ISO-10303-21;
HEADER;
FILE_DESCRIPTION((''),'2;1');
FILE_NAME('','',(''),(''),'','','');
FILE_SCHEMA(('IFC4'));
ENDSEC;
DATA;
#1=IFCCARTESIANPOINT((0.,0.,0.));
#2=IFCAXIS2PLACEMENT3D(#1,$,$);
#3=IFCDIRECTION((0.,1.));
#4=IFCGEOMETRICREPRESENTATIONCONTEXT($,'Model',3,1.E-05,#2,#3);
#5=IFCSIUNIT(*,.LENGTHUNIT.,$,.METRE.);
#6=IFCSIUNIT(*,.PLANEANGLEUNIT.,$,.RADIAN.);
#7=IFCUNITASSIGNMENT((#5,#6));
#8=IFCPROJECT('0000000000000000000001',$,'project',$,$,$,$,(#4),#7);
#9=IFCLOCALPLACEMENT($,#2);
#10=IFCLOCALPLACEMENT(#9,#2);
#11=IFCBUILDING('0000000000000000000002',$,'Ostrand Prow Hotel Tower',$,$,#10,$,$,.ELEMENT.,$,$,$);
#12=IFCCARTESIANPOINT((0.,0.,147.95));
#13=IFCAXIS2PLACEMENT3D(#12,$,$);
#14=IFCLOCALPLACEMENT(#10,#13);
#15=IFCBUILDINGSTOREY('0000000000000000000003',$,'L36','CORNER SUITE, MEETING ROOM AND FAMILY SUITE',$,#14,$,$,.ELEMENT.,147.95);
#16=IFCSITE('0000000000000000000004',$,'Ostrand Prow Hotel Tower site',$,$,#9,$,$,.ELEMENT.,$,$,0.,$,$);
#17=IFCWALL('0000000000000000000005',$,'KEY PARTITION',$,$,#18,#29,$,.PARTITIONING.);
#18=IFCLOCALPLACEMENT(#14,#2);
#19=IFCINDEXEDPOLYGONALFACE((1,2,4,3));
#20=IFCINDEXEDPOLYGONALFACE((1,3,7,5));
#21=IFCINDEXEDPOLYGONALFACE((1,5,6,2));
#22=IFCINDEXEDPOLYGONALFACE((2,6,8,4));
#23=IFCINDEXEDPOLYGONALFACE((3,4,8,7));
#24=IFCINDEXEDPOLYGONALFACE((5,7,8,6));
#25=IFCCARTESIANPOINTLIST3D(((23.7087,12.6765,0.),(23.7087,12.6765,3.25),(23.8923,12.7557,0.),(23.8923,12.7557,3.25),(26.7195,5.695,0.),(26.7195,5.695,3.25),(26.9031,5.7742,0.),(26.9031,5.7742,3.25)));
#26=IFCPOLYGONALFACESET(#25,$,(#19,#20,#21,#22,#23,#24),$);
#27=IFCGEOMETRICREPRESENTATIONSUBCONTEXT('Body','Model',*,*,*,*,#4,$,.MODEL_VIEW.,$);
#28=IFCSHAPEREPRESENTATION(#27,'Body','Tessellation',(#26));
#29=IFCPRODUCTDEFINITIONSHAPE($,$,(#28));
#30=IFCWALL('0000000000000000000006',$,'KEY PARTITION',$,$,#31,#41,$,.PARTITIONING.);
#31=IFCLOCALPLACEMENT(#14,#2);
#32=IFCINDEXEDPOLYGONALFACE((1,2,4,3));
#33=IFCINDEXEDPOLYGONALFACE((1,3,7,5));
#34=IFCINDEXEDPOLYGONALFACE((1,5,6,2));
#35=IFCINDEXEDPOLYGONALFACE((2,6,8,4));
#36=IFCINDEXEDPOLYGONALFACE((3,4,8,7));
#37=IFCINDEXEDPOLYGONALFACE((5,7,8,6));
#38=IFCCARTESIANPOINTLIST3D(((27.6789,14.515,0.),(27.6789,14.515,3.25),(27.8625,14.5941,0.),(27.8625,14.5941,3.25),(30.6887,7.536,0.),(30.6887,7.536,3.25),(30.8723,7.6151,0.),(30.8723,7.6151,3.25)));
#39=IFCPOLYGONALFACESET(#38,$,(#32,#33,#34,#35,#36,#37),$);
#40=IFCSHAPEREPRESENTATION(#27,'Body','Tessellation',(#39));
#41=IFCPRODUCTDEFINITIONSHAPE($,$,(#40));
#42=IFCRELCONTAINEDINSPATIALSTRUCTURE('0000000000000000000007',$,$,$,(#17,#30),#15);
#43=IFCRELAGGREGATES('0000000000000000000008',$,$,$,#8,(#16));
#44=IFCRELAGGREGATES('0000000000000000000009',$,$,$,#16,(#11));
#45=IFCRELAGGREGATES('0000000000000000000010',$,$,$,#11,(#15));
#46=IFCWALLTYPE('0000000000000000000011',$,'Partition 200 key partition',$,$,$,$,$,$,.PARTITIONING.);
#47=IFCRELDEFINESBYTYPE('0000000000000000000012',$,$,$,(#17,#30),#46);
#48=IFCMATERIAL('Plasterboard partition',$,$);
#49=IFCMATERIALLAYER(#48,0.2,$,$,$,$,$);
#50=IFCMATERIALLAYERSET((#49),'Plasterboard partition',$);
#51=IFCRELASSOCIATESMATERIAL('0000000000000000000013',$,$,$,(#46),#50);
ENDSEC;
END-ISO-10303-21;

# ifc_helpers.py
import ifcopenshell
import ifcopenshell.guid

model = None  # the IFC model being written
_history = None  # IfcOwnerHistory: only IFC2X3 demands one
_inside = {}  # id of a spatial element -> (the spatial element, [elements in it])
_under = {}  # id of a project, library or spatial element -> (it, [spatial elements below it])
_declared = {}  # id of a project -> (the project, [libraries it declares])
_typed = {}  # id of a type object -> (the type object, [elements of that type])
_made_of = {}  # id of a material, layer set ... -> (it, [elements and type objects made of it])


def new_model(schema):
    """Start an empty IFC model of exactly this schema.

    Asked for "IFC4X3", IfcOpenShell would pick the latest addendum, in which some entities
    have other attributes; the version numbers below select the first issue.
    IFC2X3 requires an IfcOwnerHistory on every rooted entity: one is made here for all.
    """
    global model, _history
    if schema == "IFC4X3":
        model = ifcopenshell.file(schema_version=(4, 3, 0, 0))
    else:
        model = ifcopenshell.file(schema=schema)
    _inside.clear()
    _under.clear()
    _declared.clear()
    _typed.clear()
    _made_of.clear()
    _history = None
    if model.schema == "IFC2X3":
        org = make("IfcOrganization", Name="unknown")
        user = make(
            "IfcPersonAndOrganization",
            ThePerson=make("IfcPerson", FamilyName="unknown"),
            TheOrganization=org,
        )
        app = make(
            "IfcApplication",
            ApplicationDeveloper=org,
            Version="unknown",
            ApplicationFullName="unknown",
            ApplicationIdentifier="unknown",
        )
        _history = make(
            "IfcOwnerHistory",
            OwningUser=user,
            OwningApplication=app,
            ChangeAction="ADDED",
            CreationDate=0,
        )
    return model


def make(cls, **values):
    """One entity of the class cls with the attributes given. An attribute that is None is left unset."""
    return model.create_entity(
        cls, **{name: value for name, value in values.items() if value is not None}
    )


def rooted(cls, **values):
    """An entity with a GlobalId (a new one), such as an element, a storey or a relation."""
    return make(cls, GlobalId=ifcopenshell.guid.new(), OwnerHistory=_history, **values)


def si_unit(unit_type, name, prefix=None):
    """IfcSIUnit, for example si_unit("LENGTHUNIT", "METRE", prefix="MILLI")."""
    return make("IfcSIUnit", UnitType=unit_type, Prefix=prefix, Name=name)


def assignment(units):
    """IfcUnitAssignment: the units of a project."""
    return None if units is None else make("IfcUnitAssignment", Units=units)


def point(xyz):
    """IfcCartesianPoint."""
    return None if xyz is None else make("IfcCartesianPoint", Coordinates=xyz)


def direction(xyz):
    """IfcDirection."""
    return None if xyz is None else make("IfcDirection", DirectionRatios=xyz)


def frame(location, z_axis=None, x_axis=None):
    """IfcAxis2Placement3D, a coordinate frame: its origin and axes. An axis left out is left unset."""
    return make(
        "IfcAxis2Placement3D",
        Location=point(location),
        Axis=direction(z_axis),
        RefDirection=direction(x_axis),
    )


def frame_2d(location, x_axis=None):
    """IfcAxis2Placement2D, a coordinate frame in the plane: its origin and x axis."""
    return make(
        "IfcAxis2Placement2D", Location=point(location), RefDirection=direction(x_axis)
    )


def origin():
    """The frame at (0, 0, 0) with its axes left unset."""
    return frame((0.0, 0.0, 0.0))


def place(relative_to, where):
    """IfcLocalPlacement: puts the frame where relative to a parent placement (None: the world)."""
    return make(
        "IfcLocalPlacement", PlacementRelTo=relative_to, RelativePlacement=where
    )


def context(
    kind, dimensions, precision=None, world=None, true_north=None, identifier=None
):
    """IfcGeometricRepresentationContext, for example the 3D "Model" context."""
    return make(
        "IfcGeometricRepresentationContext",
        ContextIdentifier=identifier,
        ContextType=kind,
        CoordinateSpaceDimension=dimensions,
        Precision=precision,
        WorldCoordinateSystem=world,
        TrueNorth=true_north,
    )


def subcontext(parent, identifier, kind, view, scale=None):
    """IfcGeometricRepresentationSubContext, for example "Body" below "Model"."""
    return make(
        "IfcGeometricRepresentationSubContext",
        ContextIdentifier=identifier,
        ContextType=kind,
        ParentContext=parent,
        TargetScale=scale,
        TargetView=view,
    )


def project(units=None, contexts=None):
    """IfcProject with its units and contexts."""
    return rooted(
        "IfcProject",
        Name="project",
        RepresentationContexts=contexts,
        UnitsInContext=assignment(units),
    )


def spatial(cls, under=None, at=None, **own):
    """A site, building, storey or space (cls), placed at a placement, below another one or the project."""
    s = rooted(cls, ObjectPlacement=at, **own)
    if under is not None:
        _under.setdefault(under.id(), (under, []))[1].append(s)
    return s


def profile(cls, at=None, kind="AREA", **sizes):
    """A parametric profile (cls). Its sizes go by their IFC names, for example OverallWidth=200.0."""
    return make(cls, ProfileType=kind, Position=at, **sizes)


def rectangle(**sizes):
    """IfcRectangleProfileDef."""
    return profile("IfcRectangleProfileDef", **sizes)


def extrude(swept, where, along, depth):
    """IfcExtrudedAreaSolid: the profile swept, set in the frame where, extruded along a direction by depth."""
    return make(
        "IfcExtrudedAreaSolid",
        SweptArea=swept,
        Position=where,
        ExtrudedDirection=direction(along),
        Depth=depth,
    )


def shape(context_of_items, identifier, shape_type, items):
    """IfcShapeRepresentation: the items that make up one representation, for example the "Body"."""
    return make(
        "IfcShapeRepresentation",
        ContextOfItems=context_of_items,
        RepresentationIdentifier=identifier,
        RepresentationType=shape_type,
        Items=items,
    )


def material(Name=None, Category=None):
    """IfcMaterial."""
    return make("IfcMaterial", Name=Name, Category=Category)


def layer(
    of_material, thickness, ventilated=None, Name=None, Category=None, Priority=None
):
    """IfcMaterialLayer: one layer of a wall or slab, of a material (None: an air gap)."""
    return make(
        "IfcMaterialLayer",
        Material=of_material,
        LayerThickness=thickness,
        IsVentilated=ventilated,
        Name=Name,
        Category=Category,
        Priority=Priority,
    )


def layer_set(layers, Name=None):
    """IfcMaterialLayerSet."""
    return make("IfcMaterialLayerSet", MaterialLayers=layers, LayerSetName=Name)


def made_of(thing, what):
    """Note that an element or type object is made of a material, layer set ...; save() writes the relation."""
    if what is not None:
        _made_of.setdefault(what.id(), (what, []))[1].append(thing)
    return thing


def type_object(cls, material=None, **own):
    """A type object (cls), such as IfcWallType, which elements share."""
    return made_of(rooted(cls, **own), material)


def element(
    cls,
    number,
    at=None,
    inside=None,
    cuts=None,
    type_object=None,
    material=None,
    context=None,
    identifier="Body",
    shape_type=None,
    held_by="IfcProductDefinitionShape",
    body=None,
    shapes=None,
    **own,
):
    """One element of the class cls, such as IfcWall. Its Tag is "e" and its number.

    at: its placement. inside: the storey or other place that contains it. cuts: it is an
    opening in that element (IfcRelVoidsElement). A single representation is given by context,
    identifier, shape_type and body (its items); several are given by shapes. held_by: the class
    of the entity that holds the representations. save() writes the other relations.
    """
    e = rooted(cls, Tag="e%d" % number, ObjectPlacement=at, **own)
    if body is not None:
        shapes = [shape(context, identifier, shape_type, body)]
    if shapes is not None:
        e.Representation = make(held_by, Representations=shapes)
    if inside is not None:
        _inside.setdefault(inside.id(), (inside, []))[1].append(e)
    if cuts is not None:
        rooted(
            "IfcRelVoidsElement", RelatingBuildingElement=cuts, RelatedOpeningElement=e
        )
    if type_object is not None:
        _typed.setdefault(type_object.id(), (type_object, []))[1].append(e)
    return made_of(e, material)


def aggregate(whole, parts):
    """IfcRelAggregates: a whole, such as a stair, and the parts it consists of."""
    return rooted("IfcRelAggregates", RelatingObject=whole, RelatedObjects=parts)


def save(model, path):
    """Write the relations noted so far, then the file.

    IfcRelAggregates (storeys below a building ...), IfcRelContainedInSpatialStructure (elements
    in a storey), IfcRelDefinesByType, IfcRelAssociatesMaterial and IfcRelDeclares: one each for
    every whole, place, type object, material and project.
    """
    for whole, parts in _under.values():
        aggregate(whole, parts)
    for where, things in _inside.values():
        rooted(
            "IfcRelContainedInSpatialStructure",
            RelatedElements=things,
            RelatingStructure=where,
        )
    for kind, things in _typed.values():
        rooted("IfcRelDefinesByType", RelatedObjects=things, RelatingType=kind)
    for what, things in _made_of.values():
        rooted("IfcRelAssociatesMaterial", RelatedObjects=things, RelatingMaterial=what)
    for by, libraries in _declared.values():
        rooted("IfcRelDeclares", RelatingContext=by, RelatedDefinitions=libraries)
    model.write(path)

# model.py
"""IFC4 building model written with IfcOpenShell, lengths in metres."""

from ifc_helpers import new_model, si_unit, direction, frame, frame_2d, origin, place, context, subcontext, project, spatial, rectangle, extrude, material, layer, layer_set, type_object, element, save


model = new_model("IFC4")

# Units and contexts
model_context = context("Model", 3, precision=1e-05, world=origin(), true_north=direction((0.0, 1.0)))
body_context = subcontext(model_context, "Body", "Model", "MODEL_VIEW")
ifc_project = project(units=[si_unit("LENGTHUNIT", "METRE"), si_unit("PLANEANGLEUNIT", "RADIAN")], contexts=[model_context])

# Site, building, storey
site_placement = place(None, origin())
site = spatial("IfcSite", under=ifc_project, at=site_placement, Name="Ostrand Prow Hotel Tower site", CompositionType="ELEMENT", RefElevation=0.0)
building_placement = place(site_placement, origin())
building = spatial("IfcBuilding", under=site, at=building_placement, Name="Ostrand Prow Hotel Tower", CompositionType="ELEMENT")
storey_placement = place(building_placement, frame((0.0, 0.0, 147.95)))
storey = spatial("IfcBuildingStorey", under=building, at=storey_placement, Name="L36", Description="CORNER SUITE, MEETING ROOM AND FAMILY SUITE", CompositionType="ELEMENT", Elevation=147.95)

# Walls
ifc_material_1 = material(Name="Plasterboard partition")
ifc_layer_1 = layer(ifc_material_1, 0.2)
ifc_layer_set_1 = layer_set([ifc_layer_1], Name="Plasterboard partition")
wall_type_1 = type_object("IfcWallType", Name="Partition 200 key partition", PredefinedType="PARTITIONING", material=ifc_layer_set_1)
wall_1_placement = place(storey_placement, frame((26.8113, 5.7346, 0.0), z_axis=(0.0, 0.0, 1.0), x_axis=(-0.395996, 0.918252, 0.0)))
element("IfcWall", 1, at=wall_1_placement, inside=storey, type_object=wall_type_1, Name="KEY PARTITION", PredefinedType="PARTITIONING", context=body_context, shape_type="SweptSolid", body=[
    extrude(rectangle(XDim=7.603, YDim=0.2, at=frame_2d((3.8015, 0.0))), origin(), (0.0, 0.0, 1.0), 3.25),
])
wall_2_placement = place(storey_placement, frame((30.7805, 7.5754, 0.0), z_axis=(0.0, 0.0, 1.0), x_axis=(-0.396004, 0.918249, 0.0)))
element("IfcWall", 2, at=wall_2_placement, inside=storey, type_object=wall_type_1, Name="KEY PARTITION", PredefinedType="PARTITIONING", context=body_context, shape_type="SweptSolid", body=[
    extrude(rectangle(XDim=7.6003, YDim=0.2, at=frame_2d((3.8003, 0.0))), origin(), (0.0, 0.0, 1.0), 3.25),
])

save(model, "model.ifc")
